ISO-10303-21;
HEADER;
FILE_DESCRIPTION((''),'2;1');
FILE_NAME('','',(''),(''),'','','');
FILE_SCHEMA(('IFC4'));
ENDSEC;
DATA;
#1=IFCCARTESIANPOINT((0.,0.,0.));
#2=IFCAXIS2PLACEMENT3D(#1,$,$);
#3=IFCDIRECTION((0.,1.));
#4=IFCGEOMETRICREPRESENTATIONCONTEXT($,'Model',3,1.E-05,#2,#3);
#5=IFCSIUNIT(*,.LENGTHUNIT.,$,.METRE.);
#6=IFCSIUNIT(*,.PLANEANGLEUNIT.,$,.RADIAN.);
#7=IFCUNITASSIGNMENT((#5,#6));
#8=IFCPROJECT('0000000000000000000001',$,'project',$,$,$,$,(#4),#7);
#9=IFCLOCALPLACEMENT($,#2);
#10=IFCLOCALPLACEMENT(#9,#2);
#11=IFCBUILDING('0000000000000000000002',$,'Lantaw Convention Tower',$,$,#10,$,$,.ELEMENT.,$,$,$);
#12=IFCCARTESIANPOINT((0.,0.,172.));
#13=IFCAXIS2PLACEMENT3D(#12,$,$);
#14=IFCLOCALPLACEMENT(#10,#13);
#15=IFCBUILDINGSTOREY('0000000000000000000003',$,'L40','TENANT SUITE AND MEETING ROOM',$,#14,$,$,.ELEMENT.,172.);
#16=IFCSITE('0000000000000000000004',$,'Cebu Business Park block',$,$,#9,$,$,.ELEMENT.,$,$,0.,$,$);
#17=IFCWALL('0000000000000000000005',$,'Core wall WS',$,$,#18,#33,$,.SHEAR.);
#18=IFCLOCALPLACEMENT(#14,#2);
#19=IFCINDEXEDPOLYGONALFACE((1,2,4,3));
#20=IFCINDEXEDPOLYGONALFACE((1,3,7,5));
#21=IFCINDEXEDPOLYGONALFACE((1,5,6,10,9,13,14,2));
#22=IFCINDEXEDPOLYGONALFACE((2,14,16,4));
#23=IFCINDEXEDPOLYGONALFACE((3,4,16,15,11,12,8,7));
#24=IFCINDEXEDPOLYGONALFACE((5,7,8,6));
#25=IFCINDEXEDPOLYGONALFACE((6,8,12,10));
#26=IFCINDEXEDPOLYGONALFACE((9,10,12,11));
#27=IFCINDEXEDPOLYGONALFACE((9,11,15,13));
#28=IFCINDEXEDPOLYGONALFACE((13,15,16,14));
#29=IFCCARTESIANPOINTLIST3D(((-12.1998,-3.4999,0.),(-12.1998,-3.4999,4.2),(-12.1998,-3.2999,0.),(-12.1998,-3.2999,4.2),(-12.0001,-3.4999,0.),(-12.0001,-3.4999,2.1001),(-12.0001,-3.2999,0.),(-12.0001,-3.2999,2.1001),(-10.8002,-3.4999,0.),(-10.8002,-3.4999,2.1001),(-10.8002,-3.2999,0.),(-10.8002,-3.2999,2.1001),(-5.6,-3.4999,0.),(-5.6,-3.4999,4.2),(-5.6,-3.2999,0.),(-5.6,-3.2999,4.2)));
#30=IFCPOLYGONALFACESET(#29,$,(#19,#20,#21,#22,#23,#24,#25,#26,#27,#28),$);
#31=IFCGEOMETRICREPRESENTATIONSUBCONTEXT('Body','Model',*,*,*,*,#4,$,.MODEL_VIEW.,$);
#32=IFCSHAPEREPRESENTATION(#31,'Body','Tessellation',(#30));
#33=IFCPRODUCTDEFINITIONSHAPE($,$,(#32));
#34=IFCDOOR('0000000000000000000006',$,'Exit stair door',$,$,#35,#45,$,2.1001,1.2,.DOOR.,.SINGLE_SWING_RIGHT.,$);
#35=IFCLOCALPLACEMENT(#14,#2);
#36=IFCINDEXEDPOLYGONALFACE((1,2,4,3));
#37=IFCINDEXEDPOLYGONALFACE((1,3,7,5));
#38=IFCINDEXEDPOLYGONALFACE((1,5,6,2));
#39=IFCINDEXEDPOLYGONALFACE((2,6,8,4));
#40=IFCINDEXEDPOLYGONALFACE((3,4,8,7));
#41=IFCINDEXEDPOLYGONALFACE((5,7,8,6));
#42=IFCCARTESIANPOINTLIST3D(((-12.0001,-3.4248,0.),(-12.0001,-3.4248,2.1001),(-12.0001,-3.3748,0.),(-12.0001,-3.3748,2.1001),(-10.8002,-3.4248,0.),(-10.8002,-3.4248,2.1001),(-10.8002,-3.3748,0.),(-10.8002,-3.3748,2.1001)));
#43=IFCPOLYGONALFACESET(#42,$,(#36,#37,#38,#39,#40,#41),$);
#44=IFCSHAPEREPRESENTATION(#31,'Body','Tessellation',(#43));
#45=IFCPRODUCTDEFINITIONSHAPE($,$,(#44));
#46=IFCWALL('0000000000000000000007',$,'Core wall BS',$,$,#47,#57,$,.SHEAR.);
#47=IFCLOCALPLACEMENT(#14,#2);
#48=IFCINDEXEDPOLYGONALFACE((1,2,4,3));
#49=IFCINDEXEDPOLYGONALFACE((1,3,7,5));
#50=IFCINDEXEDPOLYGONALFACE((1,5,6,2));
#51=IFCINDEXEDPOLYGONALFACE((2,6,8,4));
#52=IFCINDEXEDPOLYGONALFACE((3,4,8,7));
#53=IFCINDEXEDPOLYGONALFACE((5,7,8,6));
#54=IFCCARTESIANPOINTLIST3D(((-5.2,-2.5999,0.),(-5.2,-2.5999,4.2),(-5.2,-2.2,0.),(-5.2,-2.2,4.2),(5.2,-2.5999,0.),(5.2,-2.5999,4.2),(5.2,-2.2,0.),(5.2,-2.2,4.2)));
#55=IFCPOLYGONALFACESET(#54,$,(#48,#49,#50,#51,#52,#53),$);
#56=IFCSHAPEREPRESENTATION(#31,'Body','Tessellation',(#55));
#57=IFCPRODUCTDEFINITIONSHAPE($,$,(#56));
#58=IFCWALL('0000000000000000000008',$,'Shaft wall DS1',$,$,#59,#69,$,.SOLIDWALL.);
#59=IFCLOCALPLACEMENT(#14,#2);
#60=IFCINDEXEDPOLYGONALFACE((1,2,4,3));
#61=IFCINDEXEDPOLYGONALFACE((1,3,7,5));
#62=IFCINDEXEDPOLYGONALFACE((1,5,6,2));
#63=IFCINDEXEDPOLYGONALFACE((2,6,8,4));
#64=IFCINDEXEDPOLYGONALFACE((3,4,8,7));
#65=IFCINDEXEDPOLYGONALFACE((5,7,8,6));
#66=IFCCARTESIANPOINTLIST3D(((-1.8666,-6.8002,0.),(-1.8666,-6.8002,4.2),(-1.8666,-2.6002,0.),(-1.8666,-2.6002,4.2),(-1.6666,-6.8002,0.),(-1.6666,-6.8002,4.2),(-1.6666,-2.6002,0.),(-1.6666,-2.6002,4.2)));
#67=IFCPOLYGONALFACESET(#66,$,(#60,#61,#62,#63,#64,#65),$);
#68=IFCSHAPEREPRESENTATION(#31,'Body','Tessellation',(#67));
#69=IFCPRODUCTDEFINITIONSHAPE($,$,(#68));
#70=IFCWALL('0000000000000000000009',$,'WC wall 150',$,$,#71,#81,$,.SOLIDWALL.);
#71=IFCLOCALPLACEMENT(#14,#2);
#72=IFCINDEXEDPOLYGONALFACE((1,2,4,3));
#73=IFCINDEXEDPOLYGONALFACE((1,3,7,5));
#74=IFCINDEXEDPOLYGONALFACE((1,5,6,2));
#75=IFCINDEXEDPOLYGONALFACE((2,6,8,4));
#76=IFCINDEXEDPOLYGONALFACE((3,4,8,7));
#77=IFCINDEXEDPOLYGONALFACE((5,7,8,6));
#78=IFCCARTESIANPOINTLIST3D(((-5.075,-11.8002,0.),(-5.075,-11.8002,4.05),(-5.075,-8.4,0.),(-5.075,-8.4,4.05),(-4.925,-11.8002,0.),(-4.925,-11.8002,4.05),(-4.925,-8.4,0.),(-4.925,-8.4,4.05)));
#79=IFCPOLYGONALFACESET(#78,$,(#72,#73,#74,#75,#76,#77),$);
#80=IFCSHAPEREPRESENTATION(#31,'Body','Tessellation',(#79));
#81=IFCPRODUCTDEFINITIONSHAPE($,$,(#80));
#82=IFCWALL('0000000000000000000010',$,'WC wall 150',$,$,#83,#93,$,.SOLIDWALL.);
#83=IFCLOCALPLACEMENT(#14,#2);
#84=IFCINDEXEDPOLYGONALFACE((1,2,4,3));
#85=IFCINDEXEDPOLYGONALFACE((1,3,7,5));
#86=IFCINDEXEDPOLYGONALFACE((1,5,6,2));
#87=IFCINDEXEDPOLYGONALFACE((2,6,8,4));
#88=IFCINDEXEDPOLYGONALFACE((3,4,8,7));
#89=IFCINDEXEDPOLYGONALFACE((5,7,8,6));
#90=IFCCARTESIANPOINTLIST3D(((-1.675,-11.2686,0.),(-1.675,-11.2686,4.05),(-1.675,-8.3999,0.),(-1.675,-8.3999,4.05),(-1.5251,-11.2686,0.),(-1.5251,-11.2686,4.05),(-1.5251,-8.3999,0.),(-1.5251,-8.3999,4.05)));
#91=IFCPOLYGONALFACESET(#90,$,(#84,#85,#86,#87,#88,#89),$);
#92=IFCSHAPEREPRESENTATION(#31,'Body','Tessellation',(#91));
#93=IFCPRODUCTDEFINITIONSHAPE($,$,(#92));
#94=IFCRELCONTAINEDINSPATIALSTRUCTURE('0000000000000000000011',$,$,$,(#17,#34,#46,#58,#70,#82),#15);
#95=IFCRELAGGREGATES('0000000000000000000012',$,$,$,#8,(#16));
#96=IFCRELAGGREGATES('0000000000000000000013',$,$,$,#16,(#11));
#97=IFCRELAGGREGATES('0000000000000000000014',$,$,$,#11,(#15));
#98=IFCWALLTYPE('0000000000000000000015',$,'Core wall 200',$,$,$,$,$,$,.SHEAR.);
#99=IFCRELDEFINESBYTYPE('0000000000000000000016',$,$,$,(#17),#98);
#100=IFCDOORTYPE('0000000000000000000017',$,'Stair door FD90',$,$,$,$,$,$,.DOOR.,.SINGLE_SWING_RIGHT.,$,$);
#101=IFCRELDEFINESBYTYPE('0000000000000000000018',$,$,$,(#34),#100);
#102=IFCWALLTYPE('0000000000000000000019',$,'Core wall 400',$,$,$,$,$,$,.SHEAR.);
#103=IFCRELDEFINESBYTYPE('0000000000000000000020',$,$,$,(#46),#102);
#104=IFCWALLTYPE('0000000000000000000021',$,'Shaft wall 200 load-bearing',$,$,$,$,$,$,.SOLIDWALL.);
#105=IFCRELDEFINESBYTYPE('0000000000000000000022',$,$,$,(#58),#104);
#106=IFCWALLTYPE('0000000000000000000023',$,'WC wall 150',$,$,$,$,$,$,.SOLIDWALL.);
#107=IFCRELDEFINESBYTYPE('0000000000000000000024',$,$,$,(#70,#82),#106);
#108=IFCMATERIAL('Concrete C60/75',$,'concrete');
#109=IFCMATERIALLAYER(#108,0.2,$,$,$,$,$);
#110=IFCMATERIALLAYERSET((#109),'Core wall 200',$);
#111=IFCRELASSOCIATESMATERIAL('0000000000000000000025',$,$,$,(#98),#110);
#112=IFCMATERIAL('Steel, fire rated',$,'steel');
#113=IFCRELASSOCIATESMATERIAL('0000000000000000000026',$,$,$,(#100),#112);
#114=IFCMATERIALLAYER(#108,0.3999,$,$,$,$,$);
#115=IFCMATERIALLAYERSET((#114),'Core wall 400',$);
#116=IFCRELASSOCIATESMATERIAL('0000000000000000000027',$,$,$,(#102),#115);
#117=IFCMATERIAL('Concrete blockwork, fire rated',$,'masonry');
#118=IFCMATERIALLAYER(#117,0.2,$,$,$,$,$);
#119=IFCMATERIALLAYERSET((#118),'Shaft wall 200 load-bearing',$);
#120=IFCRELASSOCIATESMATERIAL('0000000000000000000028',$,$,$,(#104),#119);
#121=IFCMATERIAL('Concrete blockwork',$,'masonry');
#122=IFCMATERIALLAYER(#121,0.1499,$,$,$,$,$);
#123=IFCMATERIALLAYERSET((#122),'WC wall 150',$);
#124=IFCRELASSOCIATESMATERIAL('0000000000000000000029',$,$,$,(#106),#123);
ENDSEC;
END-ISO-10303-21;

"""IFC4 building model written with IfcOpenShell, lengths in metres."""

from ifc_helpers import new_model, si_unit, direction, frame, frame_2d, origin, place, context, subcontext, project, spatial, rectangle, extrude, material, layer, layer_set, type_object, element, fill, save


model = new_model("IFC4")

# Units and contexts
model_context = context("Model", 3, precision=1e-05, world=origin(), true_north=direction((0.0, 1.0)))
body_context = subcontext(model_context, "Body", "Model", "MODEL_VIEW")
ifc_project = project(units=[si_unit("LENGTHUNIT", "METRE"), si_unit("PLANEANGLEUNIT", "RADIAN")], contexts=[model_context])

# Site, building, storey
site_placement = place(None, origin())
site = spatial("IfcSite", under=ifc_project, at=site_placement, Name="Cebu Business Park block", CompositionType="ELEMENT", RefElevation=0.0)
building_placement = place(site_placement, origin())
building = spatial("IfcBuilding", under=site, at=building_placement, Name="Lantaw Convention Tower", CompositionType="ELEMENT")
storey_placement = place(building_placement, frame((0.0, 0.0, 172.0)))
storey = spatial("IfcBuildingStorey", under=building, at=storey_placement, Name="L40", Description="TENANT SUITE AND MEETING ROOM", CompositionType="ELEMENT", Elevation=172.0)

# Shared definitions
ifc_material_1 = material(Name="Concrete C60/75", Category="concrete")

# Wall, opening, door
ifc_layer_1 = layer(ifc_material_1, 0.2)
ifc_layer_set_1 = layer_set([ifc_layer_1], Name="Core wall 200")
wall_type_1 = type_object("IfcWallType", Name="Core wall 200", PredefinedType="SHEAR", material=ifc_layer_set_1)
wall_1_placement = place(storey_placement, frame((-5.6001, -3.3999, 0.0), z_axis=(0.0, 0.0, 1.0), x_axis=(-1.0, 0.0, 0.0)))
wall_1 = element("IfcWall", 1, at=wall_1_placement, inside=storey, type_object=wall_type_1, Name="Core wall WS", PredefinedType="SHEAR", context=body_context, shape_type="SweptSolid", body=[
    extrude(rectangle(XDim=6.5999, YDim=0.2, at=frame_2d((3.2998, 0.0))), origin(), (0.0, 0.0, 1.0), 4.2),
])
opening_placement = place(wall_1_placement, frame((5.2, 0.0, 0.0)))
opening = element("IfcOpeningElement", 2, at=opening_placement, cuts=wall_1, PredefinedType="OPENING", context=body_context, shape_type="SweptSolid", body=[
    extrude(rectangle(XDim=1.2, YDim=2.1001, at=frame_2d((0.6001, 1.05))), frame((0.0, 0.1099, 0.0), z_axis=(0.0, -1.0, 0.0), x_axis=(1.0, 0.0, 0.0)), (0.0, 0.0, 1.0), 0.22),
])
ifc_material_2 = material(Name="Steel, fire rated", Category="steel")
door_type = type_object("IfcDoorType", Name="Stair door FD90", OperationType="SINGLE_SWING_RIGHT", PredefinedType="DOOR", material=ifc_material_2)
door_placement = place(opening_placement, origin())
door = element("IfcDoor", 3, at=door_placement, inside=storey, type_object=door_type, Name="Exit stair door", OperationType="SINGLE_SWING_RIGHT", OverallHeight=2.1001, OverallWidth=1.2, PredefinedType="DOOR", context=body_context, shape_type="SweptSolid", body=[
    extrude(rectangle(XDim=1.2, YDim=2.1001, at=frame_2d((0.6001, 1.05))), frame((0.0, 0.0249, 0.0), z_axis=(0.0, -1.0, 0.0), x_axis=(1.0, 0.0, 0.0)), (0.0, 0.0, 1.0), 0.05),
])
fill(opening, door)

# Walls
ifc_layer_2 = layer(ifc_material_1, 0.3999)
ifc_layer_set_2 = layer_set([ifc_layer_2], Name="Core wall 400")
wall_type_2 = type_object("IfcWallType", Name="Core wall 400", PredefinedType="SHEAR", material=ifc_layer_set_2)
wall_2_placement = place(storey_placement, frame((-5.2, -2.3999, 0.0), z_axis=(0.0, 0.0, 1.0), x_axis=(1.0, 0.0, 0.0)))
element("IfcWall", 4, at=wall_2_placement, inside=storey, type_object=wall_type_2, Name="Core wall BS", PredefinedType="SHEAR", context=body_context, shape_type="SweptSolid", body=[
    extrude(rectangle(XDim=10.3999, YDim=0.3999, at=frame_2d((5.2, 0.0))), origin(), (0.0, 0.0, 1.0), 4.2),
])
ifc_material_3 = material(Name="Concrete blockwork, fire rated", Category="masonry")
ifc_layer_3 = layer(ifc_material_3, 0.2)
ifc_layer_set_3 = layer_set([ifc_layer_3], Name="Shaft wall 200 load-bearing")
wall_type_3 = type_object("IfcWallType", Name="Shaft wall 200 load-bearing", PredefinedType="SOLIDWALL", material=ifc_layer_set_3)
wall_3_placement = place(storey_placement, frame((-1.7666, -2.6001, 0.0), z_axis=(0.0, 0.0, 1.0), x_axis=(0.0, -1.0, 0.0)))
element("IfcWall", 5, at=wall_3_placement, inside=storey, type_object=wall_type_3, Name="Shaft wall DS1", PredefinedType="SOLIDWALL", context=body_context, shape_type="SweptSolid", body=[
    extrude(rectangle(XDim=4.2, YDim=0.2, at=frame_2d((2.1001, 0.0))), origin(), (0.0, 0.0, 1.0), 4.2),
])
ifc_material_4 = material(Name="Concrete blockwork", Category="masonry")
ifc_layer_4 = layer(ifc_material_4, 0.1499)
ifc_layer_set_4 = layer_set([ifc_layer_4], Name="WC wall 150")
wall_type_4 = type_object("IfcWallType", Name="WC wall 150", PredefinedType="SOLIDWALL", material=ifc_layer_set_4)
wall_4_placement = place(storey_placement, frame((-5.0, -8.3999, 0.0), z_axis=(0.0, 0.0, 1.0), x_axis=(0.0, -1.0, 0.0)))
element("IfcWall", 6, at=wall_4_placement, inside=storey, type_object=wall_type_4, Name="WC wall 150", PredefinedType="SOLIDWALL", context=body_context, shape_type="SweptSolid", body=[
    extrude(rectangle(XDim=3.4001, YDim=0.1499, at=frame_2d((1.7002, 0.0))), origin(), (0.0, 0.0, 1.0), 4.05),
])
wall_5_placement = place(storey_placement, frame((-1.6001, -8.3999, 0.0), z_axis=(0.0, 0.0, 1.0), x_axis=(0.0, -1.0, 0.0)))
element("IfcWall", 7, at=wall_5_placement, inside=storey, type_object=wall_type_4, Name="WC wall 150", PredefinedType="SOLIDWALL", context=body_context, shape_type="SweptSolid", body=[
    extrude(rectangle(XDim=2.8687, YDim=0.1499, at=frame_2d((1.4343, 0.0))), origin(), (0.0, 0.0, 1.0), 4.05),
])

save(model, "model.ifc")
